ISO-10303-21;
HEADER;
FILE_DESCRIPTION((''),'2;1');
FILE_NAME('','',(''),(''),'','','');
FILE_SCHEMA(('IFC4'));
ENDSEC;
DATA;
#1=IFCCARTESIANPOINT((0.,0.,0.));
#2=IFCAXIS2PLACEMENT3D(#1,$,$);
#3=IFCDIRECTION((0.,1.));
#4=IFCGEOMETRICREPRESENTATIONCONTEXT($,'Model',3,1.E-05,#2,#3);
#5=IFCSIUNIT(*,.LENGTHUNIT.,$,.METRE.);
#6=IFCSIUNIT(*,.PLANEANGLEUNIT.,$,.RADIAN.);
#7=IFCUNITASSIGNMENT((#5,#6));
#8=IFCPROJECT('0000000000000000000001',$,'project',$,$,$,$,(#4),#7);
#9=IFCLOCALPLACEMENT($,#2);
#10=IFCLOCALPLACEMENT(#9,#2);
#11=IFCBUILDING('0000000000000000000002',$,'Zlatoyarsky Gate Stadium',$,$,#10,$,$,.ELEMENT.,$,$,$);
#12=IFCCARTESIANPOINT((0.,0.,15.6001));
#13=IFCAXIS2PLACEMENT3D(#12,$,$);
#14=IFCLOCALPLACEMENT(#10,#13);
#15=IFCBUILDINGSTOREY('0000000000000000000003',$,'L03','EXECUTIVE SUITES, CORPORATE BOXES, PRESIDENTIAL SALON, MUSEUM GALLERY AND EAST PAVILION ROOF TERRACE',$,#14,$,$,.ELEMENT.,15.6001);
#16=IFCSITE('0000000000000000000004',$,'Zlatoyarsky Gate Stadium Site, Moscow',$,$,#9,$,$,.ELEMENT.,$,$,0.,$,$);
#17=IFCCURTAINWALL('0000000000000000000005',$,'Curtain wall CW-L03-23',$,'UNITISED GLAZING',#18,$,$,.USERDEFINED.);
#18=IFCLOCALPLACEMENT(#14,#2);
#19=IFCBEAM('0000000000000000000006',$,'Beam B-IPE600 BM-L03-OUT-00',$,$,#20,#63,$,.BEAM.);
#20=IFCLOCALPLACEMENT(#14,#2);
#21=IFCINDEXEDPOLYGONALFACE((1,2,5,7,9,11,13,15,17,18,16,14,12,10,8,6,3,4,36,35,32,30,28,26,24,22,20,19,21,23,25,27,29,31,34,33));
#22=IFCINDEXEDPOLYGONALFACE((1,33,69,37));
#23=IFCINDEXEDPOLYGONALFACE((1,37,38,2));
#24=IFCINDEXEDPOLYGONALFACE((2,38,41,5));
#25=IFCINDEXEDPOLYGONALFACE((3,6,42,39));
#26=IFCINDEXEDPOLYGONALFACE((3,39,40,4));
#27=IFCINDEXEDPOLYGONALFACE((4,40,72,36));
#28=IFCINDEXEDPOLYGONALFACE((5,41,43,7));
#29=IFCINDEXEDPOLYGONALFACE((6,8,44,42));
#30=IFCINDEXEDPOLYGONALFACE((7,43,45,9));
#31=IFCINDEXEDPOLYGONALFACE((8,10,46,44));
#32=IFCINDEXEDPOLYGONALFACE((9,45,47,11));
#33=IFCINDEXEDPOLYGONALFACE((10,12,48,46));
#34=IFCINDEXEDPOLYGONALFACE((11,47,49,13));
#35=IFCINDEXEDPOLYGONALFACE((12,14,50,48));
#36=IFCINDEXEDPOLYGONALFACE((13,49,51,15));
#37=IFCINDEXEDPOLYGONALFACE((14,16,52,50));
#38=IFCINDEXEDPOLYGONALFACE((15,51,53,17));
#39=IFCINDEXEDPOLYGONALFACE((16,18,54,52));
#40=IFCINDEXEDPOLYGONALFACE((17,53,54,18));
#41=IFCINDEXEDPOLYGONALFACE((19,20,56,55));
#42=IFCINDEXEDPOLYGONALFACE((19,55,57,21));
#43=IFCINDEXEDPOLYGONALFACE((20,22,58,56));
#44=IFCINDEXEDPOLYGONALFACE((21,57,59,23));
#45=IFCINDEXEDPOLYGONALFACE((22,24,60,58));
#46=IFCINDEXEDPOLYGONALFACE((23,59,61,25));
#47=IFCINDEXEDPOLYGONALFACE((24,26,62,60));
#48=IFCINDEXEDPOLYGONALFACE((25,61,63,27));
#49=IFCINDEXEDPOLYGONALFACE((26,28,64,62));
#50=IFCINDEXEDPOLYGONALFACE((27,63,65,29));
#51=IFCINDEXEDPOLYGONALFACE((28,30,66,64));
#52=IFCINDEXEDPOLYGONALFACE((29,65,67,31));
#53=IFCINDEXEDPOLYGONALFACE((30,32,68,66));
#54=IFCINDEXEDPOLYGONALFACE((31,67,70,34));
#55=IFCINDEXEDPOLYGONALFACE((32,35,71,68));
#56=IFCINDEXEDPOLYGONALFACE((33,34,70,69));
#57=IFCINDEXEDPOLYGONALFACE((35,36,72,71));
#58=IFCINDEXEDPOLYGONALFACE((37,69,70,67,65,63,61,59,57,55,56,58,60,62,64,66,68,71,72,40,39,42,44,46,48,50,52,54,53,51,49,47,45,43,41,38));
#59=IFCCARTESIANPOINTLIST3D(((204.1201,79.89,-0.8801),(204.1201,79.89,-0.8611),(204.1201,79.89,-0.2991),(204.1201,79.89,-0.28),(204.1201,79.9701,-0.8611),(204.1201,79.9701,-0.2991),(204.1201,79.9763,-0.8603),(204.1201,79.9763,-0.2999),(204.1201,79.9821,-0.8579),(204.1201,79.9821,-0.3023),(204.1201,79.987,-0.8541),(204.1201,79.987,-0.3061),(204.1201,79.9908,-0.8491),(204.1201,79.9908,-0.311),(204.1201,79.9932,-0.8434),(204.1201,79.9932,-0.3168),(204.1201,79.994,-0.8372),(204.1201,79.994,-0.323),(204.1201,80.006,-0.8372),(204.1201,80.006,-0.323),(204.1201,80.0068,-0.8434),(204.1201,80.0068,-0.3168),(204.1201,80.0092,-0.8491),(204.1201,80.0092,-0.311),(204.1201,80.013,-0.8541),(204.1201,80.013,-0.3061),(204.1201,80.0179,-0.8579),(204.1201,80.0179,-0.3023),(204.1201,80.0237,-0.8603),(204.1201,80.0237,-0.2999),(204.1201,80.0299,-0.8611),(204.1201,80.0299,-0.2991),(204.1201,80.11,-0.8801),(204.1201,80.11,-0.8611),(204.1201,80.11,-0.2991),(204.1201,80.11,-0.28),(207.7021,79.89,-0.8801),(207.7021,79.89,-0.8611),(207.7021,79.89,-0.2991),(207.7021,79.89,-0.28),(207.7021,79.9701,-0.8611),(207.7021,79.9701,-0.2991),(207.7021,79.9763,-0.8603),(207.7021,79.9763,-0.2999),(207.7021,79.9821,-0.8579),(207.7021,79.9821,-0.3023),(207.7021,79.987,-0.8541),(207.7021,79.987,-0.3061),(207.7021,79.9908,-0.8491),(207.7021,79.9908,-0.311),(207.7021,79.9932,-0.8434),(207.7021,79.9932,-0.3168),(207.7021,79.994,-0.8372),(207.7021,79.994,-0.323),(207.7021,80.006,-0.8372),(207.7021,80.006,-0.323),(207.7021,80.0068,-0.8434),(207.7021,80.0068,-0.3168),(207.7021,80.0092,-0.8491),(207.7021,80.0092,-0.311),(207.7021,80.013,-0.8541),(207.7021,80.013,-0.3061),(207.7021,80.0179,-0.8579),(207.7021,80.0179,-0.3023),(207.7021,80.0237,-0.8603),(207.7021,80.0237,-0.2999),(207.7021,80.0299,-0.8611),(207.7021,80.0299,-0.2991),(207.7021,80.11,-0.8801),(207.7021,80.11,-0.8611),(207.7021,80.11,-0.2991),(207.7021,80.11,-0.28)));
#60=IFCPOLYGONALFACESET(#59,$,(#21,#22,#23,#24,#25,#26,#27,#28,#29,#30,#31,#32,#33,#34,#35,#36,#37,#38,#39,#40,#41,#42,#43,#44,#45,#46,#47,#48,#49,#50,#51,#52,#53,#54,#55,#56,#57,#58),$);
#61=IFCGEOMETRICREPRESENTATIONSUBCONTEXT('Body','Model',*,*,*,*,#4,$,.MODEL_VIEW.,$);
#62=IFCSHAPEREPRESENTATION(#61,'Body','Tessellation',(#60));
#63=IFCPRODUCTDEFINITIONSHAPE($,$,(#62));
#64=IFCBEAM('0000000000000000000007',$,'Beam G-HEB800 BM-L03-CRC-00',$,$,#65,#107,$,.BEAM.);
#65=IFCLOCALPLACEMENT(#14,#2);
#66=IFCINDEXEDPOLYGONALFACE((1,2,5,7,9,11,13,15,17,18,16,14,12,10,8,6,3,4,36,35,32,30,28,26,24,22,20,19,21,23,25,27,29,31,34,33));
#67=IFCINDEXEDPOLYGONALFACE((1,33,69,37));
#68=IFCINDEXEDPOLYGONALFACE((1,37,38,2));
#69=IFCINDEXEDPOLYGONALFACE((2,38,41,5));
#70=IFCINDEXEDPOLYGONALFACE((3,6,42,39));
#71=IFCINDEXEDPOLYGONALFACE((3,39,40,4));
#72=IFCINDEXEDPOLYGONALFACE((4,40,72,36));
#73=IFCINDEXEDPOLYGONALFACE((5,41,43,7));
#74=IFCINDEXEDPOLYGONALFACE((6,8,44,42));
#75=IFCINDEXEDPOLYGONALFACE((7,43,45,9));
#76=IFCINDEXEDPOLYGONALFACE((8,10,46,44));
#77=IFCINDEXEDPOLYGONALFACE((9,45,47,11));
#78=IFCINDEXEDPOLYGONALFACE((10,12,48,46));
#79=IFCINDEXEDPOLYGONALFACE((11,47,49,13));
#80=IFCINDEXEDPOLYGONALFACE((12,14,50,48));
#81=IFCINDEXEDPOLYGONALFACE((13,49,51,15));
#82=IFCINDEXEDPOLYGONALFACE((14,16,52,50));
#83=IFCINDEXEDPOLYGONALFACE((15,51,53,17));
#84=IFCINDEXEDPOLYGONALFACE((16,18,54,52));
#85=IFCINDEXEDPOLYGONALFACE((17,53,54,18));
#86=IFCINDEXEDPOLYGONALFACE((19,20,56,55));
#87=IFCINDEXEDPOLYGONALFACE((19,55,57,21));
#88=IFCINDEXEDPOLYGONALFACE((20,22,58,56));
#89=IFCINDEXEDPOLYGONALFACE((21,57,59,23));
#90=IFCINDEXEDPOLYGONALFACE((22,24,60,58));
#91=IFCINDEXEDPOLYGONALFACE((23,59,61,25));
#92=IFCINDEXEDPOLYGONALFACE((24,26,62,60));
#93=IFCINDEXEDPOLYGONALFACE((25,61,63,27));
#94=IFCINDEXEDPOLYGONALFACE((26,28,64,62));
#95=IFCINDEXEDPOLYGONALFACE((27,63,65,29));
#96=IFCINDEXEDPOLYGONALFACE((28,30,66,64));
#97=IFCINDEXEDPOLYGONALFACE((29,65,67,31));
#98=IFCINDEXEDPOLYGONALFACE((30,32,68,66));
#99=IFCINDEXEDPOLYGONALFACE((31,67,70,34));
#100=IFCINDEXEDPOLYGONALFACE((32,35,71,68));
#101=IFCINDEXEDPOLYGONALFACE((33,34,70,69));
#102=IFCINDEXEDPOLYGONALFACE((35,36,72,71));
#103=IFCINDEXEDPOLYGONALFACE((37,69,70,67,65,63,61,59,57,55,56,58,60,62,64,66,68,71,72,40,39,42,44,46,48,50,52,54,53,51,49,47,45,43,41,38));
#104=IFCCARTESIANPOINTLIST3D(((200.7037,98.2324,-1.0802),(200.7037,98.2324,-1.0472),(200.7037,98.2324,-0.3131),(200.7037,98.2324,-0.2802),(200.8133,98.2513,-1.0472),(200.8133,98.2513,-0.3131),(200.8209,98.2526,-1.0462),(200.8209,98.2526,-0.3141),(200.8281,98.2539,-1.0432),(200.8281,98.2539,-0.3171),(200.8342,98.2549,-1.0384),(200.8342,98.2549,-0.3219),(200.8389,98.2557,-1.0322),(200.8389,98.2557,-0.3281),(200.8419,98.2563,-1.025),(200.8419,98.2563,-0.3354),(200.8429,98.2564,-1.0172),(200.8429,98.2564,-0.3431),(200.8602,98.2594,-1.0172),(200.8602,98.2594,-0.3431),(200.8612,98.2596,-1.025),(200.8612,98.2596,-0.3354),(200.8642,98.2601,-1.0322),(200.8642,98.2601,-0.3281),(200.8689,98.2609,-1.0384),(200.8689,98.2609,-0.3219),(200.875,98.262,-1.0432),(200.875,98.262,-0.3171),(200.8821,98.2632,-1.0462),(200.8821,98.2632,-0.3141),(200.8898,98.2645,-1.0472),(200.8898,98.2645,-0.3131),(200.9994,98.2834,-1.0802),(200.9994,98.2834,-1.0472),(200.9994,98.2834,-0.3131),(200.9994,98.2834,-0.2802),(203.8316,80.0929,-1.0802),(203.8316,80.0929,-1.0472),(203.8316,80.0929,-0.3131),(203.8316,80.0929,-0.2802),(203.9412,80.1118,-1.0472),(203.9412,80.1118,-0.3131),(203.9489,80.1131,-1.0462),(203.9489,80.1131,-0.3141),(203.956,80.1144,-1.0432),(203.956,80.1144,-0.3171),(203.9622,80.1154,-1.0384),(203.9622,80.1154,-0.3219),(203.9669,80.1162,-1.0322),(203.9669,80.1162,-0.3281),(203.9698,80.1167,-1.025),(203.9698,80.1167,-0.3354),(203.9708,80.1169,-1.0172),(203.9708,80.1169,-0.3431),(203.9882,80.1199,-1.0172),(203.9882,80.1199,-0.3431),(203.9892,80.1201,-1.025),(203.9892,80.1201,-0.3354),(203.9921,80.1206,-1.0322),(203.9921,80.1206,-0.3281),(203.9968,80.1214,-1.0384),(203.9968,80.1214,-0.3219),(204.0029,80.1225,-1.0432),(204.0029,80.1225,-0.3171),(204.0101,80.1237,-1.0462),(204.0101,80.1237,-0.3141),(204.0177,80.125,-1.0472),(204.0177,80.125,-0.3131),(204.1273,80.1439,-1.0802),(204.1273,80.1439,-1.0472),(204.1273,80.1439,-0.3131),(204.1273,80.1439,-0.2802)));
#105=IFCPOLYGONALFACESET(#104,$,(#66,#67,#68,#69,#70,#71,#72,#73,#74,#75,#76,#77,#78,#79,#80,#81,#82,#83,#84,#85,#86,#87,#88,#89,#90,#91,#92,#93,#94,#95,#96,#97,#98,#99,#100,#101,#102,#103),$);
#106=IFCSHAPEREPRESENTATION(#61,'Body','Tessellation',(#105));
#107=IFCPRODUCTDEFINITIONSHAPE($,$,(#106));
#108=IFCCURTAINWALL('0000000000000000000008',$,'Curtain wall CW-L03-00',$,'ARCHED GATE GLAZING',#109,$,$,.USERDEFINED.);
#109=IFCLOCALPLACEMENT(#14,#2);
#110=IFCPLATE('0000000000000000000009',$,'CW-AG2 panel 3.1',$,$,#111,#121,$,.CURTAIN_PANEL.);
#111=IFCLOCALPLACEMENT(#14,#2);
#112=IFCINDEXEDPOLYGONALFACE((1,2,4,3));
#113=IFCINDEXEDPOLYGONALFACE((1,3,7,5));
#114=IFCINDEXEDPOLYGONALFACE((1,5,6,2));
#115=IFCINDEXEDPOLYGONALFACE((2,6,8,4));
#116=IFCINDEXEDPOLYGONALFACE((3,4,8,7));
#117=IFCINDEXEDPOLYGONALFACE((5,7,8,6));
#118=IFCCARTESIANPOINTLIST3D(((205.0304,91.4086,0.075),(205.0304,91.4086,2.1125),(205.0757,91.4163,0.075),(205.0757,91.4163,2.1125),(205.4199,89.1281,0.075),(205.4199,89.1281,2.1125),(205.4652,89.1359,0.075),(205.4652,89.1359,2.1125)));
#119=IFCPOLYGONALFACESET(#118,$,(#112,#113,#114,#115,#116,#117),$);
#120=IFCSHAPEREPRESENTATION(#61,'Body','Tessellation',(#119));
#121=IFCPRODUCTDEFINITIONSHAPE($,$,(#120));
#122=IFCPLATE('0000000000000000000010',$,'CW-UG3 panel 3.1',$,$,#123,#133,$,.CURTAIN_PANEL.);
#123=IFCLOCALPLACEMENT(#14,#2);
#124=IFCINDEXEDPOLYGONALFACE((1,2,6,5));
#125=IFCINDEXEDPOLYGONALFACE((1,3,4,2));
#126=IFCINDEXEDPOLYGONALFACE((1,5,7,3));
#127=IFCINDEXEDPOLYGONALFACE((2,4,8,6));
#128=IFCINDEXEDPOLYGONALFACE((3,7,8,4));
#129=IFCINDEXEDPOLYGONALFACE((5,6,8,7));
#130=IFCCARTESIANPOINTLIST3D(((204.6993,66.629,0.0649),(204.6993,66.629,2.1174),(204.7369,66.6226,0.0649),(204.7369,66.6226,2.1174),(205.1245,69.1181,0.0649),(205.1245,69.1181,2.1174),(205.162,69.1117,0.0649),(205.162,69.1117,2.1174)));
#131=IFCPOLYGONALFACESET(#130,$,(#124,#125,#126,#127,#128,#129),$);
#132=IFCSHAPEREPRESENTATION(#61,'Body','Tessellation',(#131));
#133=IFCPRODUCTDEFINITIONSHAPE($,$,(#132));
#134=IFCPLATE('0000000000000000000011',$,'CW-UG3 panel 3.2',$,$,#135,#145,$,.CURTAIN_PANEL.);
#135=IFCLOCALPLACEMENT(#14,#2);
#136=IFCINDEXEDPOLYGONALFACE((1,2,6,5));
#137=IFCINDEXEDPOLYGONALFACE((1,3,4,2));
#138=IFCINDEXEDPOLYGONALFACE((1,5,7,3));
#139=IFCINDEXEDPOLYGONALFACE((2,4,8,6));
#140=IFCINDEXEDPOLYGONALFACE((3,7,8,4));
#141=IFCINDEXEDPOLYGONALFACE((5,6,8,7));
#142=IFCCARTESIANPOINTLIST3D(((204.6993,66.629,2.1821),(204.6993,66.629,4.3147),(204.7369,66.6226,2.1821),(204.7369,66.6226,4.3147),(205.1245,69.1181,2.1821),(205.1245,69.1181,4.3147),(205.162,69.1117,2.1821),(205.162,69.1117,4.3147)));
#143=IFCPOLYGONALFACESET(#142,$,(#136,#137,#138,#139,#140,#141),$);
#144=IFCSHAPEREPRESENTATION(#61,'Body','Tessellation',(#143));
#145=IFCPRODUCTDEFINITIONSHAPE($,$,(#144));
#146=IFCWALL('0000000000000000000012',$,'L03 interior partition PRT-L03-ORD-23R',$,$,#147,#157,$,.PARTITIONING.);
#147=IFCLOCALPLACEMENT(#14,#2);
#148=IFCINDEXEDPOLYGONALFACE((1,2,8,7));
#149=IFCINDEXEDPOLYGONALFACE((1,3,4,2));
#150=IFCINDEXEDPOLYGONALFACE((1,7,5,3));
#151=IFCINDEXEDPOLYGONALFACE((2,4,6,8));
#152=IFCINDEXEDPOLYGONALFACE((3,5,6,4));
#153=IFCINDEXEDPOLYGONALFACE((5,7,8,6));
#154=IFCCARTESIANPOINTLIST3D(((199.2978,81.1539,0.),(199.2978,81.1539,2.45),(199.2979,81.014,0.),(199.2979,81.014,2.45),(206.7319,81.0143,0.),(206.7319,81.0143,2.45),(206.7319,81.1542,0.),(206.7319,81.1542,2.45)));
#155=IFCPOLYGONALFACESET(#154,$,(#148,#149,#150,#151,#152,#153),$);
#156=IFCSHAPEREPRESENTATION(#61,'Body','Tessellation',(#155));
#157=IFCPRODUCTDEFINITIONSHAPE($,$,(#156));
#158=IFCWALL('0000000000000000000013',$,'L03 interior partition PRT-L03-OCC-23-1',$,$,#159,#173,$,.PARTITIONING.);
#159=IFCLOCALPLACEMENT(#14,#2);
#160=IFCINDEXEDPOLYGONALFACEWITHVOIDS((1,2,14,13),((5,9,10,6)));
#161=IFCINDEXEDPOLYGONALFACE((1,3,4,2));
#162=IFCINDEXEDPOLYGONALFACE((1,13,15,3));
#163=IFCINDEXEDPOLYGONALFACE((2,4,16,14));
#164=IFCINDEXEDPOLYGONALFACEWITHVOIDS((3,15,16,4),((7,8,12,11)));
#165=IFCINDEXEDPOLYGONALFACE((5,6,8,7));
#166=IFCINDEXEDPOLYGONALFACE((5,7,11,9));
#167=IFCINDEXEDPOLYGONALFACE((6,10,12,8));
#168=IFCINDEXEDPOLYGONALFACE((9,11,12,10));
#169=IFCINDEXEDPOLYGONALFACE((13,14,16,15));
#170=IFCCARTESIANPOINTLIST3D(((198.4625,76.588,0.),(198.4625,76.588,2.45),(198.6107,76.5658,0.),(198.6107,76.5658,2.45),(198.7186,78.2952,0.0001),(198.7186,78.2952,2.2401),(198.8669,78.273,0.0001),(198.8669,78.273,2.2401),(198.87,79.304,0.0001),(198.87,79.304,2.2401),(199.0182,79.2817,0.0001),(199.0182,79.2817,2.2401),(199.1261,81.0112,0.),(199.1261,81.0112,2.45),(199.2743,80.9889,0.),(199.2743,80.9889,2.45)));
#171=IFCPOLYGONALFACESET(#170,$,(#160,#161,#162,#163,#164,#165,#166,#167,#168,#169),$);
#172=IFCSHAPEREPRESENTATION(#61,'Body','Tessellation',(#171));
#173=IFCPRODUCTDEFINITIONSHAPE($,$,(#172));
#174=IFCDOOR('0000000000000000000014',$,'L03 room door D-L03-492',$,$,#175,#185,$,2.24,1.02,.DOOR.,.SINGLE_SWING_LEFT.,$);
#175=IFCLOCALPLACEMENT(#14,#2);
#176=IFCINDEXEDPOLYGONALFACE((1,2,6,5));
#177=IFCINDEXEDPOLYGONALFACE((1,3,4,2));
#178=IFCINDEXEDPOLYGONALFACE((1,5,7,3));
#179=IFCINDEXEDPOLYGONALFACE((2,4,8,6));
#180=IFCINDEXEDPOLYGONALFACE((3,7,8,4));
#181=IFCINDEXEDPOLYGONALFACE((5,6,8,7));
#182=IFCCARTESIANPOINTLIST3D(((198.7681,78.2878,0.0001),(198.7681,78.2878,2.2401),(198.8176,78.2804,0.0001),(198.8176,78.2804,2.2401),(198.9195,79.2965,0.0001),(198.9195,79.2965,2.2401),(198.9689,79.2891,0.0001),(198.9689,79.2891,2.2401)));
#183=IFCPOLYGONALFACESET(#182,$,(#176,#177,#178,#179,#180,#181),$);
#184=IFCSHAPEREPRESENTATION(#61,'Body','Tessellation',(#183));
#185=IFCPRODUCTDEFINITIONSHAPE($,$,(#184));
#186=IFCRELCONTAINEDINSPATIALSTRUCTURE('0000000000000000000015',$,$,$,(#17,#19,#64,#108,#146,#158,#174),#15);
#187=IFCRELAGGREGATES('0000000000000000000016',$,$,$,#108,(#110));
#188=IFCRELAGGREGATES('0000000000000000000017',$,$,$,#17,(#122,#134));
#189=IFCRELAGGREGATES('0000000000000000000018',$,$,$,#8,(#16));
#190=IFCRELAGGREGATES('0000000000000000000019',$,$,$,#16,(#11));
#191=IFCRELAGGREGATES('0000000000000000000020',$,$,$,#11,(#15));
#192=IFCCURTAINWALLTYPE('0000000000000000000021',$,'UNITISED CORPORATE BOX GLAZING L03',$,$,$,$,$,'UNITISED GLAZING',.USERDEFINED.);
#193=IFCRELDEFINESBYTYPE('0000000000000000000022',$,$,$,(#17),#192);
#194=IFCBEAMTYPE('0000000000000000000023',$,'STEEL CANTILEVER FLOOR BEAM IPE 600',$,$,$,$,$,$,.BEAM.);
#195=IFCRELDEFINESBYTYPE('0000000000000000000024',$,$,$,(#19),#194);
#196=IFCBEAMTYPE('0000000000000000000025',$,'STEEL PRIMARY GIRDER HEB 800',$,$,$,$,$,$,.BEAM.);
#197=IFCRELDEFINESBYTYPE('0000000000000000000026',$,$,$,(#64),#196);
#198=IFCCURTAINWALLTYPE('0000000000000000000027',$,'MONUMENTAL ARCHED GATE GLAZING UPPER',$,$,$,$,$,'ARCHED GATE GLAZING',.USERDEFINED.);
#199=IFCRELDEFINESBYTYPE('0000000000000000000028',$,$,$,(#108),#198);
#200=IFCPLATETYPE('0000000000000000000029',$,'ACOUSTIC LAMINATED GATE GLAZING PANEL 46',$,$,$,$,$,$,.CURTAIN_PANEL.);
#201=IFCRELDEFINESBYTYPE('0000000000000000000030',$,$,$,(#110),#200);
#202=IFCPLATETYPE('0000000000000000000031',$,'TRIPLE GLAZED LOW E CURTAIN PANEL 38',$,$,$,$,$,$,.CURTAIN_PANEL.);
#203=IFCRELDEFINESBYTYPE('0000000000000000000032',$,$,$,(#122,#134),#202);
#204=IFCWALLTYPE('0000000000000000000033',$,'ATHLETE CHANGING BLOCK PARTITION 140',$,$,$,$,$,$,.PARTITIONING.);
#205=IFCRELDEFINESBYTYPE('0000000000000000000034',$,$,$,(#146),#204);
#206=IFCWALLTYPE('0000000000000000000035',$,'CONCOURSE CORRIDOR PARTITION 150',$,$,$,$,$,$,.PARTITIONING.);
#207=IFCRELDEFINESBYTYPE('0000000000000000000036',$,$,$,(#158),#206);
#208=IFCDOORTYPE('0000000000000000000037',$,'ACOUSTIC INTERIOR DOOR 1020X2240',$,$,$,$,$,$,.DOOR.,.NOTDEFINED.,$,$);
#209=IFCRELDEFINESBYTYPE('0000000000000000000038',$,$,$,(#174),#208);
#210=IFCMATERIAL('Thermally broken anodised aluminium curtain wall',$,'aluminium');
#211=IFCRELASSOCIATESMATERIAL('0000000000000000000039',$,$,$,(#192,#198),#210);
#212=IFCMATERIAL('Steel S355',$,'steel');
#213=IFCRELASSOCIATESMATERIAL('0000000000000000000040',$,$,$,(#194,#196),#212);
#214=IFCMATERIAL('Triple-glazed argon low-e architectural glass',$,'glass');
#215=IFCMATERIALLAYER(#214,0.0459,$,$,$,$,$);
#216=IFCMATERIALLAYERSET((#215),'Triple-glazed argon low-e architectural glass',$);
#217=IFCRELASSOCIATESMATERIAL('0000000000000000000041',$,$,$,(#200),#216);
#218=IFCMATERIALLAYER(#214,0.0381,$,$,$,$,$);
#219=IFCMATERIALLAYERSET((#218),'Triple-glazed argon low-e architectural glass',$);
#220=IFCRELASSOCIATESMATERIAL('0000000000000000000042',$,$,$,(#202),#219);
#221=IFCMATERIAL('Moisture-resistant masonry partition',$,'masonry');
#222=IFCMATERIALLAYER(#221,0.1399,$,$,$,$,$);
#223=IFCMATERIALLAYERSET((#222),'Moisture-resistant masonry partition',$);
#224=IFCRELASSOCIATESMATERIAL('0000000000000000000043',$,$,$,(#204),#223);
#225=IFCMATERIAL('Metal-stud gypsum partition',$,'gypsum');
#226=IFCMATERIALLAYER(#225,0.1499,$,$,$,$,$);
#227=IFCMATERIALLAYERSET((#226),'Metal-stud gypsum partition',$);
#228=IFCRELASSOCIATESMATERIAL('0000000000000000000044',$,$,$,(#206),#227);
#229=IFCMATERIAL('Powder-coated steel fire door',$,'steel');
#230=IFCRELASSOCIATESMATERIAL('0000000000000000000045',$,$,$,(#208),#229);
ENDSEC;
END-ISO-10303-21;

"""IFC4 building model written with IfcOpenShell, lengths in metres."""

from ifc_helpers import new_model, si_unit, direction, frame, frame_2d, origin, origin_2d, place, context, subcontext, project, spatial, rectangle, i_section, extrude, material, layer, layer_set, material_profile, profile_set, type_object, element, fill, aggregate, save


model = new_model("IFC4")

# Units and contexts
model_context = context("Model", 3, precision=1e-05, world=origin(), true_north=direction((0.0, 1.0)))
body_context = subcontext(model_context, "Body", "Model", "MODEL_VIEW")
ifc_project = project(units=[si_unit("LENGTHUNIT", "METRE"), si_unit("PLANEANGLEUNIT", "RADIAN")], contexts=[model_context])

# Site, building, storey
site_placement = place(None, origin())
site = spatial("IfcSite", under=ifc_project, at=site_placement, Name="Zlatoyarsky Gate Stadium Site, Moscow", CompositionType="ELEMENT", RefElevation=0.0)
building_placement = place(site_placement, origin())
building = spatial("IfcBuilding", under=site, at=building_placement, Name="Zlatoyarsky Gate Stadium", CompositionType="ELEMENT")
storey_placement = place(building_placement, frame((0.0, 0.0, 15.6001)))
storey = spatial("IfcBuildingStorey", under=building, at=storey_placement, Name="L03", Description="EXECUTIVE SUITES, CORPORATE BOXES, PRESIDENTIAL SALON, MUSEUM GALLERY AND EAST PAVILION ROOF TERRACE", CompositionType="ELEMENT", Elevation=15.6001)

# Shared definitions
ifc_material_1 = material(Name="Steel S355", Category="steel")

# Curtain wall
ifc_material_2 = material(Name="Thermally broken anodised aluminium curtain wall", Category="aluminium")
curtain_wall_type_1 = type_object("IfcCurtainWallType", Name="UNITISED CORPORATE BOX GLAZING L03", ElementType="UNITISED GLAZING", PredefinedType="USERDEFINED", material=ifc_material_2)
curtain_wall_1_placement = place(storey_placement, origin())
curtain_wall_1 = element("IfcCurtainWall", 1, at=curtain_wall_1_placement, inside=storey, type_object=curtain_wall_type_1, Name="Curtain wall CW-L03-23", ObjectType="UNITISED GLAZING", PredefinedType="USERDEFINED")

# Beams
ifc_material_profile_1 = material_profile(ifc_material_1, i_section(OverallWidth=0.22, OverallDepth=0.6001, WebThickness=0.012, FlangeThickness=0.019, FilletRadius=0.0239, at=origin_2d()), Name="IPE 600")
ifc_profile_set_1 = profile_set([ifc_material_profile_1], Name="Steel S355")
beam_type_1 = type_object("IfcBeamType", Name="STEEL CANTILEVER FLOOR BEAM IPE 600", PredefinedType="BEAM", material=ifc_profile_set_1)
beam_1_placement = place(storey_placement, frame((204.1201, 80.0, -0.5801), z_axis=(1.0, 0.0, 0.0), x_axis=(0.0, 1.0, 0.0)))
element("IfcBeam", 2, at=beam_1_placement, inside=storey, type_object=beam_type_1, Name="Beam B-IPE600 BM-L03-OUT-00", PredefinedType="BEAM", context=body_context, shape_type="SweptSolid", body=[
    extrude(i_section(OverallWidth=0.22, OverallDepth=0.6001, WebThickness=0.012, FlangeThickness=0.019, FilletRadius=0.0239, at=origin_2d()), origin(), (0.0, 0.0, 1.0), 3.582),
])
ifc_material_profile_2 = material_profile(ifc_material_1, i_section(OverallWidth=0.3, OverallDepth=0.8, WebThickness=0.0176, FlangeThickness=0.033, FilletRadius=0.03, at=origin_2d()), Name="HEB 800")
ifc_profile_set_2 = profile_set([ifc_material_profile_2], Name="Steel S355")
beam_type_2 = type_object("IfcBeamType", Name="STEEL PRIMARY GIRDER HEB 800", PredefinedType="BEAM", material=ifc_profile_set_2)
beam_2_placement = place(storey_placement, frame((203.9795, 80.1184, -0.6802), z_axis=(-0.16993, 0.985456, 0.0), x_axis=(-0.985456, -0.16993, 0.0)))
element("IfcBeam", 3, at=beam_2_placement, inside=storey, type_object=beam_type_2, Name="Beam G-HEB800 BM-L03-CRC-00", PredefinedType="BEAM", context=body_context, shape_type="SweptSolid", body=[
    extrude(i_section(OverallWidth=0.3, OverallDepth=0.8, WebThickness=0.0176, FlangeThickness=0.033, FilletRadius=0.03, at=origin_2d()), origin(), (0.0, 0.0, 1.0), 18.4072),
])

# Curtain wall, plate
curtain_wall_type_2 = type_object("IfcCurtainWallType", Name="MONUMENTAL ARCHED GATE GLAZING UPPER", ElementType="ARCHED GATE GLAZING", PredefinedType="USERDEFINED", material=ifc_material_2)
curtain_wall_2_placement = place(storey_placement, origin())
curtain_wall_2 = element("IfcCurtainWall", 4, at=curtain_wall_2_placement, inside=storey, type_object=curtain_wall_type_2, Name="Curtain wall CW-L03-00", ObjectType="ARCHED GATE GLAZING", PredefinedType="USERDEFINED")
ifc_material_3 = material(Name="Triple-glazed argon low-e architectural glass", Category="glass")
ifc_layer_1 = layer(ifc_material_3, 0.0459)
ifc_layer_set_1 = layer_set([ifc_layer_1], Name="Triple-glazed argon low-e architectural glass")
plate_type_1 = type_object("IfcPlateType", Name="ACOUSTIC LAMINATED GATE GLAZING PANEL 46", PredefinedType="CURTAIN_PANEL", material=ifc_layer_set_1)
plate_1_placement = place(storey_placement, frame((205.2478, 90.2722, 0.075), z_axis=(0.0, 0.0, 1.0), x_axis=(-0.168354, 0.985727, 0.0)))
plate_1 = element("IfcPlate", 5, at=plate_1_placement, type_object=plate_type_1, Name="CW-AG2 panel 3.1", PredefinedType="CURTAIN_PANEL", context=body_context, shape_type="SweptSolid", body=[
    extrude(rectangle(XDim=2.3135, YDim=0.0459, at=origin_2d()), origin(), (0.0, 0.0, 1.0), 2.0376),
])
aggregate(curtain_wall_2, [plate_1])

# Plates
ifc_layer_2 = layer(ifc_material_3, 0.0381)
ifc_layer_set_2 = layer_set([ifc_layer_2], Name="Triple-glazed argon low-e architectural glass")
plate_type_2 = type_object("IfcPlateType", Name="TRIPLE GLAZED LOW E CURTAIN PANEL 38", PredefinedType="CURTAIN_PANEL", material=ifc_layer_set_2)
plate_2_placement = place(storey_placement, frame((204.9307, 67.8704, 0.0649), z_axis=(0.0, 0.0, 1.0), x_axis=(0.168356, 0.985726, 0.0)))
plate_2 = element("IfcPlate", 6, at=plate_2_placement, type_object=plate_type_2, Name="CW-UG3 panel 3.1", PredefinedType="CURTAIN_PANEL", context=body_context, shape_type="SweptSolid", body=[
    extrude(rectangle(XDim=2.5251, YDim=0.0381, at=origin_2d()), origin(), (0.0, 0.0, 1.0), 2.0525),
])
plate_3_placement = place(storey_placement, frame((204.9307, 67.8704, 2.1821), z_axis=(0.0, 0.0, 1.0), x_axis=(0.168356, 0.985726, 0.0)))
plate_3 = element("IfcPlate", 7, at=plate_3_placement, type_object=plate_type_2, Name="CW-UG3 panel 3.2", PredefinedType="CURTAIN_PANEL", context=body_context, shape_type="SweptSolid", body=[
    extrude(rectangle(XDim=2.5251, YDim=0.0381, at=origin_2d()), origin(), (0.0, 0.0, 1.0), 2.1326),
])
aggregate(curtain_wall_1, [plate_2, plate_3])

# Wall
ifc_material_4 = material(Name="Moisture-resistant masonry partition", Category="masonry")
ifc_layer_3 = layer(ifc_material_4, 0.1399)
ifc_layer_set_3 = layer_set([ifc_layer_3], Name="Moisture-resistant masonry partition")
wall_type_1 = type_object("IfcWallType", Name="ATHLETE CHANGING BLOCK PARTITION 140", PredefinedType="PARTITIONING", material=ifc_layer_set_3)
wall_1_placement = place(storey_placement, frame((199.2979, 81.084, 0.0), z_axis=(0.0, 0.0, 1.0), x_axis=(1.0, 0.000033, 0.0)))
element("IfcWall", 8, at=wall_1_placement, inside=storey, type_object=wall_type_1, Name="L03 interior partition PRT-L03-ORD-23R", PredefinedType="PARTITIONING", context=body_context, shape_type="SweptSolid", body=[
    extrude(rectangle(XDim=7.4341, YDim=0.1399, at=frame_2d((3.717, 0.0))), origin(), (0.0, 0.0, 1.0), 2.45),
])

# Wall, opening, door
ifc_material_5 = material(Name="Metal-stud gypsum partition", Category="gypsum")
ifc_layer_4 = layer(ifc_material_5, 0.1499)
ifc_layer_set_4 = layer_set([ifc_layer_4], Name="Metal-stud gypsum partition")
wall_type_2 = type_object("IfcWallType", Name="CONCOURSE CORRIDOR PARTITION 150", PredefinedType="PARTITIONING", material=ifc_layer_set_4)
wall_2_placement = place(storey_placement, frame((198.5366, 76.5769, 0.0), z_axis=(0.0, 0.0, 1.0), x_axis=(0.148364, 0.988933, 0.0)))
wall_2 = element("IfcWall", 9, at=wall_2_placement, inside=storey, type_object=wall_type_2, Name="L03 interior partition PRT-L03-OCC-23-1", PredefinedType="PARTITIONING", context=body_context, shape_type="SweptSolid", body=[
    extrude(rectangle(XDim=4.4727, YDim=0.1499, at=frame_2d((2.2363, 0.0))), origin(), (0.0, 0.0, 1.0), 2.45),
])
opening_placement = place(wall_2_placement, frame((1.7263, 0.0, 0.0)))
opening = element("IfcOpeningElement", 10, at=opening_placement, cuts=wall_2, PredefinedType="OPENING", context=body_context, shape_type="SweptSolid", body=[
    extrude(rectangle(XDim=1.02, YDim=2.24, at=frame_2d((0.51, 1.1201))), frame((0.0, 0.085, 0.0), z_axis=(0.0, -1.0, 0.0), x_axis=(1.0, 0.0, 0.0)), (0.0, 0.0, 1.0), 0.1699),
])
ifc_material_6 = material(Name="Powder-coated steel fire door", Category="steel")
door_type = type_object("IfcDoorType", Name="ACOUSTIC INTERIOR DOOR 1020X2240", OperationType="NOTDEFINED", PredefinedType="DOOR", material=ifc_material_6)
door_placement = place(opening_placement, origin())
door = element("IfcDoor", 11, at=door_placement, inside=storey, type_object=door_type, Name="L03 room door D-L03-492", OperationType="SINGLE_SWING_LEFT", OverallHeight=2.24, OverallWidth=1.02, PredefinedType="DOOR", context=body_context, shape_type="SweptSolid", body=[
    extrude(rectangle(XDim=1.02, YDim=2.24, at=frame_2d((0.51, 1.1201))), frame((0.0, 0.0249, 0.0), z_axis=(0.0, -1.0, 0.0), x_axis=(1.0, 0.0, 0.0)), (0.0, 0.0, 1.0), 0.05),
])
fill(opening, door)

save(model, "model.ifc")
